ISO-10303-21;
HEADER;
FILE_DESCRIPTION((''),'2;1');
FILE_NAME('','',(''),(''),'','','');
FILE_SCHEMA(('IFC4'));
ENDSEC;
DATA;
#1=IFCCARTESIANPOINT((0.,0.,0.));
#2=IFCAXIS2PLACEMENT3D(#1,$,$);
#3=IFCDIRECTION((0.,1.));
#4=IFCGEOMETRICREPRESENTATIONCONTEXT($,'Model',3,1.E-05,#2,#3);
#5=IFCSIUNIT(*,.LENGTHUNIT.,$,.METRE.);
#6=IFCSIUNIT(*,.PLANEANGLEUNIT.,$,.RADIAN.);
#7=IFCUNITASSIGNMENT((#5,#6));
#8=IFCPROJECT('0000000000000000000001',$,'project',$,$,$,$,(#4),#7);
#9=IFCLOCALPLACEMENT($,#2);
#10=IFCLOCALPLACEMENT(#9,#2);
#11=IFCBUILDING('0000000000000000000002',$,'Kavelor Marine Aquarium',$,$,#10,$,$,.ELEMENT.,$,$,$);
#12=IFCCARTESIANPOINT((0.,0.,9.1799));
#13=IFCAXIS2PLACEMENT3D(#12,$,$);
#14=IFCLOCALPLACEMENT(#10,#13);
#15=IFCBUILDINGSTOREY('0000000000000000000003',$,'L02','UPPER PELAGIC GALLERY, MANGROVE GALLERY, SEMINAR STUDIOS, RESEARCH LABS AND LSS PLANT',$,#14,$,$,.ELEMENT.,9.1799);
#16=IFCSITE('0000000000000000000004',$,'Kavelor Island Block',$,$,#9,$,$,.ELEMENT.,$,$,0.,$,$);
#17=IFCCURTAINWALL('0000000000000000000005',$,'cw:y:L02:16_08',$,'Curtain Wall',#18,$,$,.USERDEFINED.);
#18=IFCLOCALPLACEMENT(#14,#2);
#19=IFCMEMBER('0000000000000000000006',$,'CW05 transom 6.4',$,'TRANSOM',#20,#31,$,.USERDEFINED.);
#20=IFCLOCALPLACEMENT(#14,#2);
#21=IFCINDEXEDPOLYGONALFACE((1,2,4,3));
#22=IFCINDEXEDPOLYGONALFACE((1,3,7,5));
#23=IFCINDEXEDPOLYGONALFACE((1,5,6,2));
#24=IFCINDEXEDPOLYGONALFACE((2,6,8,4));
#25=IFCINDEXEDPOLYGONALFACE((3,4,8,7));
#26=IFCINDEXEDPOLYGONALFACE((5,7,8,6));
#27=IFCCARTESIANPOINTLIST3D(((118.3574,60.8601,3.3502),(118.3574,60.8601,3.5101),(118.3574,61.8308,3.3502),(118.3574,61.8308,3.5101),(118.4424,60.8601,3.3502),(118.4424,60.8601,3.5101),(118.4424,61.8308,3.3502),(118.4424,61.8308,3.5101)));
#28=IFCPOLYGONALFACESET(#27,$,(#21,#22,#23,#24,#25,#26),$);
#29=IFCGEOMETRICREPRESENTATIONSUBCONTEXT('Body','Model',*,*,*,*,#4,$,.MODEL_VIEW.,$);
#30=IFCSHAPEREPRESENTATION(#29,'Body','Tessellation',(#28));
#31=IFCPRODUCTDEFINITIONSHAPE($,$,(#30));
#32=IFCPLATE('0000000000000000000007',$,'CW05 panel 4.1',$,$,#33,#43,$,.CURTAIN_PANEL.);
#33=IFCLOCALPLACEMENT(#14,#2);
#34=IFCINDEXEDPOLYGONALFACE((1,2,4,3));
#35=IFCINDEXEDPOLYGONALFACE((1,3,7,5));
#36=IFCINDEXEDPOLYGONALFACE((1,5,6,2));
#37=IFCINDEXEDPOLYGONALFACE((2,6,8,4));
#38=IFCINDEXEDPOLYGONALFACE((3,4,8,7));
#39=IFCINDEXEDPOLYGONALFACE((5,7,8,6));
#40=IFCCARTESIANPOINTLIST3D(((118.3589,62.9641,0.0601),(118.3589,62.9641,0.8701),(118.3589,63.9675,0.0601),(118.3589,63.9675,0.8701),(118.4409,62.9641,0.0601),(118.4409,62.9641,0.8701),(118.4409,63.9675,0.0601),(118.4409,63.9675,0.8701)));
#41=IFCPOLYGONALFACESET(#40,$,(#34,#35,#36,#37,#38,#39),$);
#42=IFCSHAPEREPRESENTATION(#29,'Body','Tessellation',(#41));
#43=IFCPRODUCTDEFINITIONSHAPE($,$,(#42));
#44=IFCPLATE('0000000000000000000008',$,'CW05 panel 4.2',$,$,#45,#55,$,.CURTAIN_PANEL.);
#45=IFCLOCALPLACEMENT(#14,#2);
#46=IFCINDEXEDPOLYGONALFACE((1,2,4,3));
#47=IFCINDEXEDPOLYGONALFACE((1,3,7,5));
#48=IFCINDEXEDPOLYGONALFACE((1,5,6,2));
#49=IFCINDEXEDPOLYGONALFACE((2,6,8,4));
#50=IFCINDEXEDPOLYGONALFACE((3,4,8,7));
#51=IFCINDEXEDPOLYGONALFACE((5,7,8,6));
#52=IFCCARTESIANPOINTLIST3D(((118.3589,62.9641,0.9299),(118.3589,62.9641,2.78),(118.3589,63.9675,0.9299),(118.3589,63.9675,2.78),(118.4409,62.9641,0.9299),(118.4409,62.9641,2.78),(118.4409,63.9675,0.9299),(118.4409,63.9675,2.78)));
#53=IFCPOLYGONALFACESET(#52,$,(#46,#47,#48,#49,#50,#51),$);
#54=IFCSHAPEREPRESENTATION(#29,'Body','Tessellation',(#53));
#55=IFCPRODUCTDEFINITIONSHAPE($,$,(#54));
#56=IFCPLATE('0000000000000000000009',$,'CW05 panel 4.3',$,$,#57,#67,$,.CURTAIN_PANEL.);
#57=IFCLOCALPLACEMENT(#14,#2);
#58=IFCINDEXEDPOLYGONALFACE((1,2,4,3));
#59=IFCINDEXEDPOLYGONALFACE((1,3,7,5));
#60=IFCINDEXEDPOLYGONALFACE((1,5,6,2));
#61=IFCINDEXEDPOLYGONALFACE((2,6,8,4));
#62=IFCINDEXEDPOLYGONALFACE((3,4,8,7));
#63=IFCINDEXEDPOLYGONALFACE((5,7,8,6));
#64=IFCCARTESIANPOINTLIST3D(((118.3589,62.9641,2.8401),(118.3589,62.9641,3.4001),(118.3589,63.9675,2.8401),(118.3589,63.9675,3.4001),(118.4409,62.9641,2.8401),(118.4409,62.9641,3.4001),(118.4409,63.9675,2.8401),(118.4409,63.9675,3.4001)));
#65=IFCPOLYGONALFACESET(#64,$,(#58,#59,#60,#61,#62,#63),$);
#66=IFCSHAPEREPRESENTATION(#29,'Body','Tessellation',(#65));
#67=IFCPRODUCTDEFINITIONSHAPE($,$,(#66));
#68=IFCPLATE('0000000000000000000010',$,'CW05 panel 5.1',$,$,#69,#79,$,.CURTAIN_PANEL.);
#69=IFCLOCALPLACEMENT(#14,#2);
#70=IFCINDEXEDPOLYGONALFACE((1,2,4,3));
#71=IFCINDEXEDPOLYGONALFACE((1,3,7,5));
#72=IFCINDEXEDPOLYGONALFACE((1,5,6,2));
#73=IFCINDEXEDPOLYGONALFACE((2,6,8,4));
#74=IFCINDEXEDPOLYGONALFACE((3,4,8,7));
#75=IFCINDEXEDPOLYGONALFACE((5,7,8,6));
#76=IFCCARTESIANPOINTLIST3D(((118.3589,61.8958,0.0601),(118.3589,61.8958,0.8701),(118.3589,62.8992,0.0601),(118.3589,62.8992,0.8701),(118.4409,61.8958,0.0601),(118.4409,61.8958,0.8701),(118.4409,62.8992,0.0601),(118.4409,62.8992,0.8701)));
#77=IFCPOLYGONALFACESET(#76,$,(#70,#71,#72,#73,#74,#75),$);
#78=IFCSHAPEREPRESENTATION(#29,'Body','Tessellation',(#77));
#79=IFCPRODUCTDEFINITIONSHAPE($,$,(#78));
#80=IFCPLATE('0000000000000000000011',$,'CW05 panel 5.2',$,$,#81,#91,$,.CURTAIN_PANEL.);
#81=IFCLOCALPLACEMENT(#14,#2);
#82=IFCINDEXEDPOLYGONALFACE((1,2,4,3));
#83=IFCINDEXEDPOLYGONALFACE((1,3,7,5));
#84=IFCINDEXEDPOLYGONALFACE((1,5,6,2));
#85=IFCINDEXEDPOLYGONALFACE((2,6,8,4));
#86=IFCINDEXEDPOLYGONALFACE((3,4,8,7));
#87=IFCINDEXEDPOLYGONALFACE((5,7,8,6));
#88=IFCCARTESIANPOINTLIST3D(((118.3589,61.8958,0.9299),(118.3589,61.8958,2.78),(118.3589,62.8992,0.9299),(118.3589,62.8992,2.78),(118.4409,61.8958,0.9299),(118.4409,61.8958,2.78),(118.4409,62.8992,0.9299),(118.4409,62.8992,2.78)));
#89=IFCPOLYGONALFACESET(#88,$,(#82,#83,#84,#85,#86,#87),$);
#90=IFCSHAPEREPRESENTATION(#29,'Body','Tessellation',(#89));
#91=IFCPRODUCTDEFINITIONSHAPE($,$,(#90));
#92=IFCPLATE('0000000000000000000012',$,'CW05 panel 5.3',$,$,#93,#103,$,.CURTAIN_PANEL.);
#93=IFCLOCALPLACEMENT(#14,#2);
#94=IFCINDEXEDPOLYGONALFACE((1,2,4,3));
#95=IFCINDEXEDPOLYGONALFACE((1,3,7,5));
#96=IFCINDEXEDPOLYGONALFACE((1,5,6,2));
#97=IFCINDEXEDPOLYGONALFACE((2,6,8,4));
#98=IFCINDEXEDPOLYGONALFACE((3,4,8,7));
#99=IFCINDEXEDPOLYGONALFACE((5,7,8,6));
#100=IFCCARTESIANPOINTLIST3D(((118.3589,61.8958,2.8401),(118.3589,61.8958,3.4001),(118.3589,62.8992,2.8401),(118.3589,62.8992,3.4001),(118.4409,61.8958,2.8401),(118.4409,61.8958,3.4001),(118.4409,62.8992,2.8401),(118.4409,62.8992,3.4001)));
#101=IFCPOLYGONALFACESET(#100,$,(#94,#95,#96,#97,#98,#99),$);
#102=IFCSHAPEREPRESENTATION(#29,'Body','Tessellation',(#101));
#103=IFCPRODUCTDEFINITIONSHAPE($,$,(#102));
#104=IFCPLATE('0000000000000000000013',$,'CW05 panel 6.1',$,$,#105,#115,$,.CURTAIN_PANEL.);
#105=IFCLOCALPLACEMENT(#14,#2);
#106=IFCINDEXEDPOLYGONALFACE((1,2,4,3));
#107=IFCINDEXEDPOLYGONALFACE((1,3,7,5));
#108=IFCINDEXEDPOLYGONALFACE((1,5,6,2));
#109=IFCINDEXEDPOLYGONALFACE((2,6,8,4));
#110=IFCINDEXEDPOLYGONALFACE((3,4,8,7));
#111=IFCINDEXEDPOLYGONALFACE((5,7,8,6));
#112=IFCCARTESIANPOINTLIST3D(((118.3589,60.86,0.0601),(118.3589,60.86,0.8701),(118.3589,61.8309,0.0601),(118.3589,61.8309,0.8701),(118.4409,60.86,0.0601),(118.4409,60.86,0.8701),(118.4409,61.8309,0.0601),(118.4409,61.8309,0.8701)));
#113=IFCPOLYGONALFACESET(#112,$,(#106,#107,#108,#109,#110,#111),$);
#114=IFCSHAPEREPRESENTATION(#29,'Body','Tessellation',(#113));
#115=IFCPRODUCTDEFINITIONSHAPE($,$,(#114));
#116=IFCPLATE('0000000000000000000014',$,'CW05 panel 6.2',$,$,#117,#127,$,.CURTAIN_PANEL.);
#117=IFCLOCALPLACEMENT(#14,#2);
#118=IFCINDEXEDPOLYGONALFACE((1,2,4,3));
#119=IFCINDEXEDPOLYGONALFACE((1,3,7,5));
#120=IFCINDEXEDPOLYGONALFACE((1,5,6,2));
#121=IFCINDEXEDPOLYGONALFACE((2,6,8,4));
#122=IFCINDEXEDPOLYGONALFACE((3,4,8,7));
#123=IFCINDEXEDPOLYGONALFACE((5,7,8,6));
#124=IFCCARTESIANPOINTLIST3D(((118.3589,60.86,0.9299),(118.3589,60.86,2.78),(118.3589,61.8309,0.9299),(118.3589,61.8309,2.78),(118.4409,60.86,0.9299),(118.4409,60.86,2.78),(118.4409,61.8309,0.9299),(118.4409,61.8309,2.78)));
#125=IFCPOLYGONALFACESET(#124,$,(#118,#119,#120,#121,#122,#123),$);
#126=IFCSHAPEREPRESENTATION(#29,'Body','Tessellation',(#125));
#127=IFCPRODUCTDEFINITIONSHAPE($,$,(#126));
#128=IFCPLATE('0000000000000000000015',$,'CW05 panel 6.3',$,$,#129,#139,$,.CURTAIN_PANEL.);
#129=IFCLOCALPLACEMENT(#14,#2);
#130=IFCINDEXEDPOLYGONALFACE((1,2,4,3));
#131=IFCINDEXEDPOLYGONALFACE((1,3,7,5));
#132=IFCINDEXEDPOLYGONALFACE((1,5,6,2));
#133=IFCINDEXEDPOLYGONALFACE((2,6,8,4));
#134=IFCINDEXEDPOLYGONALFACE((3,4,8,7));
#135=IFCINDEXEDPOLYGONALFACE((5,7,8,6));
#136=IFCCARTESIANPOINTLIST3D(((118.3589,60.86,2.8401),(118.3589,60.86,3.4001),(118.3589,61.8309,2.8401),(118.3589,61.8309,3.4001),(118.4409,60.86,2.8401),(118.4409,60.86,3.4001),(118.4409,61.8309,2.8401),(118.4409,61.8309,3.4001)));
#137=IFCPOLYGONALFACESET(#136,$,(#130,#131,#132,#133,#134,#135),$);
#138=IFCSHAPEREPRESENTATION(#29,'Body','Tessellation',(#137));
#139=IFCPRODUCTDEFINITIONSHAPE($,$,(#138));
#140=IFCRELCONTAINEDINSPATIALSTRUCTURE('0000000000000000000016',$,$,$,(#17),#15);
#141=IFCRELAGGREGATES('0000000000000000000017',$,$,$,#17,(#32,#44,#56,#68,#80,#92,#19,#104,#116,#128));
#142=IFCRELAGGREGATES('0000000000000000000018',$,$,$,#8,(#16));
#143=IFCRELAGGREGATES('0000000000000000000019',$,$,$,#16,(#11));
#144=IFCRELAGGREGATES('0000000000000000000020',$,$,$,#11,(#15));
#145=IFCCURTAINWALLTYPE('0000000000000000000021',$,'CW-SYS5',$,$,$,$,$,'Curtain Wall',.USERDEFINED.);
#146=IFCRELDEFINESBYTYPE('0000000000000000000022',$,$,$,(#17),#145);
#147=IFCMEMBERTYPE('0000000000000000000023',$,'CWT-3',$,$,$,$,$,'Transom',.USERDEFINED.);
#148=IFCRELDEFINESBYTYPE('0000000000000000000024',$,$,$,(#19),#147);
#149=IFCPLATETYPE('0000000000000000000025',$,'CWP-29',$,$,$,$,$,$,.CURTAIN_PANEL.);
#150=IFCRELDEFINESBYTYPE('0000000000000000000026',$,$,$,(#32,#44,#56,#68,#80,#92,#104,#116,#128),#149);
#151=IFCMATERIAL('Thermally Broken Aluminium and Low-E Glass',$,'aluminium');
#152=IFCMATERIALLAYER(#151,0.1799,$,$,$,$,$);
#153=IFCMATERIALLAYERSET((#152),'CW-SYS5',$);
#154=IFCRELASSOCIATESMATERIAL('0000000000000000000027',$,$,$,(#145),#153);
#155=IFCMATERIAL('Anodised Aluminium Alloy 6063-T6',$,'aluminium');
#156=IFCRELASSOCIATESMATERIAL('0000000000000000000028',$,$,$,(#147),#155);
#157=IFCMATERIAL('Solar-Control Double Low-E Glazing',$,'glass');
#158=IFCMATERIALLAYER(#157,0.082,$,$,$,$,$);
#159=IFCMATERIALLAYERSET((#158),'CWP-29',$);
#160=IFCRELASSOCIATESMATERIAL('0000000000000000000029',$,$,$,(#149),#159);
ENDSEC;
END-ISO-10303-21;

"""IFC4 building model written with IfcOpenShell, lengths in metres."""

from ifc_helpers import new_model, si_unit, direction, frame, origin, origin_2d, place, context, subcontext, project, spatial, rectangle, extrude, material, layer, layer_set, material_profile, profile_set, type_object, element, aggregate, save


model = new_model("IFC4")

# Units and contexts
model_context = context("Model", 3, precision=1e-05, world=origin(), true_north=direction((0.0, 1.0)))
body_context = subcontext(model_context, "Body", "Model", "MODEL_VIEW")
ifc_project = project(units=[si_unit("LENGTHUNIT", "METRE"), si_unit("PLANEANGLEUNIT", "RADIAN")], contexts=[model_context])

# Site, building, storey
site_placement = place(None, origin())
site = spatial("IfcSite", under=ifc_project, at=site_placement, Name="Kavelor Island Block", CompositionType="ELEMENT", RefElevation=0.0)
building_placement = place(site_placement, origin())
building = spatial("IfcBuilding", under=site, at=building_placement, Name="Kavelor Marine Aquarium", CompositionType="ELEMENT")
storey_placement = place(building_placement, frame((0.0, 0.0, 9.1799)))
storey = spatial("IfcBuildingStorey", under=building, at=storey_placement, Name="L02", Description="UPPER PELAGIC GALLERY, MANGROVE GALLERY, SEMINAR STUDIOS, RESEARCH LABS AND LSS PLANT", CompositionType="ELEMENT", Elevation=9.1799)

# Curtain wall, member, plates
ifc_material_1 = material(Name="Thermally Broken Aluminium and Low-E Glass", Category="aluminium")
ifc_layer_1 = layer(ifc_material_1, 0.1799)
ifc_layer_set_1 = layer_set([ifc_layer_1], Name="CW-SYS5")
curtain_wall_type = type_object("IfcCurtainWallType", Name="CW-SYS5", ElementType="Curtain Wall", PredefinedType="USERDEFINED", material=ifc_layer_set_1)
curtain_wall_placement = place(storey_placement, origin())
curtain_wall = element("IfcCurtainWall", 1, at=curtain_wall_placement, inside=storey, type_object=curtain_wall_type, Name="cw:y:L02:16_08", ObjectType="Curtain Wall", PredefinedType="USERDEFINED")
ifc_material_2 = material(Name="Anodised Aluminium Alloy 6063-T6", Category="aluminium")
ifc_material_profile_1 = material_profile(ifc_material_2, rectangle(XDim=0.085, YDim=0.1599, at=origin_2d()), Name="CW-TRN 85x160")
ifc_profile_set_1 = profile_set([ifc_material_profile_1], Name="Anodised Aluminium Alloy 6063-T6")
member_type_1 = type_object("IfcMemberType", Name="CWT-3", ElementType="Transom", PredefinedType="USERDEFINED", material=ifc_profile_set_1)
member_1_placement = place(storey_placement, frame((118.3999, 61.8308, 3.4302), z_axis=(0.0, -1.0, 0.0), x_axis=(1.0, 0.0, 0.0)))
member_1 = element("IfcMember", 2, at=member_1_placement, type_object=member_type_1, Name="CW05 transom 6.4", ObjectType="TRANSOM", PredefinedType="USERDEFINED", context=body_context, shape_type="SweptSolid", body=[
    extrude(rectangle(XDim=0.085, YDim=0.1599, at=origin_2d()), origin(), (0.0, 0.0, 1.0), 0.9707),
])
ifc_material_3 = material(Name="Solar-Control Double Low-E Glazing", Category="glass")
ifc_layer_2 = layer(ifc_material_3, 0.082)
ifc_layer_set_2 = layer_set([ifc_layer_2], Name="CWP-29")
plate_type = type_object("IfcPlateType", Name="CWP-29", PredefinedType="CURTAIN_PANEL", material=ifc_layer_set_2)
plate_1_placement = place(storey_placement, frame((118.3999, 63.4658, 0.0601), z_axis=(0.0, 0.0, 1.0), x_axis=(0.0, -1.0, 0.0)))
plate_1 = element("IfcPlate", 3, at=plate_1_placement, type_object=plate_type, Name="CW05 panel 4.1", PredefinedType="CURTAIN_PANEL", context=body_context, shape_type="SweptSolid", body=[
    extrude(rectangle(XDim=1.0034, YDim=0.082, at=origin_2d()), origin(), (0.0, 0.0, 1.0), 0.8101),
])
plate_2_placement = place(storey_placement, frame((118.3999, 63.4658, 0.9299), z_axis=(0.0, 0.0, 1.0), x_axis=(0.0, -1.0, 0.0)))
plate_2 = element("IfcPlate", 4, at=plate_2_placement, type_object=plate_type, Name="CW05 panel 4.2", PredefinedType="CURTAIN_PANEL", context=body_context, shape_type="SweptSolid", body=[
    extrude(rectangle(XDim=1.0034, YDim=0.082, at=origin_2d()), origin(), (0.0, 0.0, 1.0), 1.8501),
])
plate_3_placement = place(storey_placement, frame((118.3999, 63.4658, 2.8401), z_axis=(0.0, 0.0, 1.0), x_axis=(0.0, -1.0, 0.0)))
plate_3 = element("IfcPlate", 5, at=plate_3_placement, type_object=plate_type, Name="CW05 panel 4.3", PredefinedType="CURTAIN_PANEL", context=body_context, shape_type="SweptSolid", body=[
    extrude(rectangle(XDim=1.0034, YDim=0.082, at=origin_2d()), origin(), (0.0, 0.0, 1.0), 0.5601),
])
plate_4_placement = place(storey_placement, frame((118.3999, 62.3975, 0.0601), z_axis=(0.0, 0.0, 1.0), x_axis=(0.0, -1.0, 0.0)))
plate_4 = element("IfcPlate", 6, at=plate_4_placement, type_object=plate_type, Name="CW05 panel 5.1", PredefinedType="CURTAIN_PANEL", context=body_context, shape_type="SweptSolid", body=[
    extrude(rectangle(XDim=1.0034, YDim=0.082, at=origin_2d()), origin(), (0.0, 0.0, 1.0), 0.8101),
])
plate_5_placement = place(storey_placement, frame((118.3999, 62.3975, 0.9299), z_axis=(0.0, 0.0, 1.0), x_axis=(0.0, -1.0, 0.0)))
plate_5 = element("IfcPlate", 7, at=plate_5_placement, type_object=plate_type, Name="CW05 panel 5.2", PredefinedType="CURTAIN_PANEL", context=body_context, shape_type="SweptSolid", body=[
    extrude(rectangle(XDim=1.0034, YDim=0.082, at=origin_2d()), origin(), (0.0, 0.0, 1.0), 1.8501),
])
plate_6_placement = place(storey_placement, frame((118.3999, 62.3975, 2.8401), z_axis=(0.0, 0.0, 1.0), x_axis=(0.0, -1.0, 0.0)))
plate_6 = element("IfcPlate", 8, at=plate_6_placement, type_object=plate_type, Name="CW05 panel 5.3", PredefinedType="CURTAIN_PANEL", context=body_context, shape_type="SweptSolid", body=[
    extrude(rectangle(XDim=1.0034, YDim=0.082, at=origin_2d()), origin(), (0.0, 0.0, 1.0), 0.5601),
])
plate_7_placement = place(storey_placement, frame((118.3999, 61.3455, 0.0601), z_axis=(0.0, 0.0, 1.0), x_axis=(0.0, -1.0, 0.0)))
plate_7 = element("IfcPlate", 9, at=plate_7_placement, type_object=plate_type, Name="CW05 panel 6.1", PredefinedType="CURTAIN_PANEL", context=body_context, shape_type="SweptSolid", body=[
    extrude(rectangle(XDim=0.9709, YDim=0.082, at=origin_2d()), origin(), (0.0, 0.0, 1.0), 0.8101),
])
plate_8_placement = place(storey_placement, frame((118.3999, 61.3455, 0.9299), z_axis=(0.0, 0.0, 1.0), x_axis=(0.0, -1.0, 0.0)))
plate_8 = element("IfcPlate", 10, at=plate_8_placement, type_object=plate_type, Name="CW05 panel 6.2", PredefinedType="CURTAIN_PANEL", context=body_context, shape_type="SweptSolid", body=[
    extrude(rectangle(XDim=0.9709, YDim=0.082, at=origin_2d()), origin(), (0.0, 0.0, 1.0), 1.8501),
])
plate_9_placement = place(storey_placement, frame((118.3999, 61.3455, 2.8401), z_axis=(0.0, 0.0, 1.0), x_axis=(0.0, -1.0, 0.0)))
plate_9 = element("IfcPlate", 11, at=plate_9_placement, type_object=plate_type, Name="CW05 panel 6.3", PredefinedType="CURTAIN_PANEL", context=body_context, shape_type="SweptSolid", body=[
    extrude(rectangle(XDim=0.9709, YDim=0.082, at=origin_2d()), origin(), (0.0, 0.0, 1.0), 0.5601),
])
aggregate(curtain_wall, [plate_1, plate_2, plate_3, plate_4, plate_5, plate_6, member_1, plate_7, plate_8, plate_9])

save(model, "model.ifc")
